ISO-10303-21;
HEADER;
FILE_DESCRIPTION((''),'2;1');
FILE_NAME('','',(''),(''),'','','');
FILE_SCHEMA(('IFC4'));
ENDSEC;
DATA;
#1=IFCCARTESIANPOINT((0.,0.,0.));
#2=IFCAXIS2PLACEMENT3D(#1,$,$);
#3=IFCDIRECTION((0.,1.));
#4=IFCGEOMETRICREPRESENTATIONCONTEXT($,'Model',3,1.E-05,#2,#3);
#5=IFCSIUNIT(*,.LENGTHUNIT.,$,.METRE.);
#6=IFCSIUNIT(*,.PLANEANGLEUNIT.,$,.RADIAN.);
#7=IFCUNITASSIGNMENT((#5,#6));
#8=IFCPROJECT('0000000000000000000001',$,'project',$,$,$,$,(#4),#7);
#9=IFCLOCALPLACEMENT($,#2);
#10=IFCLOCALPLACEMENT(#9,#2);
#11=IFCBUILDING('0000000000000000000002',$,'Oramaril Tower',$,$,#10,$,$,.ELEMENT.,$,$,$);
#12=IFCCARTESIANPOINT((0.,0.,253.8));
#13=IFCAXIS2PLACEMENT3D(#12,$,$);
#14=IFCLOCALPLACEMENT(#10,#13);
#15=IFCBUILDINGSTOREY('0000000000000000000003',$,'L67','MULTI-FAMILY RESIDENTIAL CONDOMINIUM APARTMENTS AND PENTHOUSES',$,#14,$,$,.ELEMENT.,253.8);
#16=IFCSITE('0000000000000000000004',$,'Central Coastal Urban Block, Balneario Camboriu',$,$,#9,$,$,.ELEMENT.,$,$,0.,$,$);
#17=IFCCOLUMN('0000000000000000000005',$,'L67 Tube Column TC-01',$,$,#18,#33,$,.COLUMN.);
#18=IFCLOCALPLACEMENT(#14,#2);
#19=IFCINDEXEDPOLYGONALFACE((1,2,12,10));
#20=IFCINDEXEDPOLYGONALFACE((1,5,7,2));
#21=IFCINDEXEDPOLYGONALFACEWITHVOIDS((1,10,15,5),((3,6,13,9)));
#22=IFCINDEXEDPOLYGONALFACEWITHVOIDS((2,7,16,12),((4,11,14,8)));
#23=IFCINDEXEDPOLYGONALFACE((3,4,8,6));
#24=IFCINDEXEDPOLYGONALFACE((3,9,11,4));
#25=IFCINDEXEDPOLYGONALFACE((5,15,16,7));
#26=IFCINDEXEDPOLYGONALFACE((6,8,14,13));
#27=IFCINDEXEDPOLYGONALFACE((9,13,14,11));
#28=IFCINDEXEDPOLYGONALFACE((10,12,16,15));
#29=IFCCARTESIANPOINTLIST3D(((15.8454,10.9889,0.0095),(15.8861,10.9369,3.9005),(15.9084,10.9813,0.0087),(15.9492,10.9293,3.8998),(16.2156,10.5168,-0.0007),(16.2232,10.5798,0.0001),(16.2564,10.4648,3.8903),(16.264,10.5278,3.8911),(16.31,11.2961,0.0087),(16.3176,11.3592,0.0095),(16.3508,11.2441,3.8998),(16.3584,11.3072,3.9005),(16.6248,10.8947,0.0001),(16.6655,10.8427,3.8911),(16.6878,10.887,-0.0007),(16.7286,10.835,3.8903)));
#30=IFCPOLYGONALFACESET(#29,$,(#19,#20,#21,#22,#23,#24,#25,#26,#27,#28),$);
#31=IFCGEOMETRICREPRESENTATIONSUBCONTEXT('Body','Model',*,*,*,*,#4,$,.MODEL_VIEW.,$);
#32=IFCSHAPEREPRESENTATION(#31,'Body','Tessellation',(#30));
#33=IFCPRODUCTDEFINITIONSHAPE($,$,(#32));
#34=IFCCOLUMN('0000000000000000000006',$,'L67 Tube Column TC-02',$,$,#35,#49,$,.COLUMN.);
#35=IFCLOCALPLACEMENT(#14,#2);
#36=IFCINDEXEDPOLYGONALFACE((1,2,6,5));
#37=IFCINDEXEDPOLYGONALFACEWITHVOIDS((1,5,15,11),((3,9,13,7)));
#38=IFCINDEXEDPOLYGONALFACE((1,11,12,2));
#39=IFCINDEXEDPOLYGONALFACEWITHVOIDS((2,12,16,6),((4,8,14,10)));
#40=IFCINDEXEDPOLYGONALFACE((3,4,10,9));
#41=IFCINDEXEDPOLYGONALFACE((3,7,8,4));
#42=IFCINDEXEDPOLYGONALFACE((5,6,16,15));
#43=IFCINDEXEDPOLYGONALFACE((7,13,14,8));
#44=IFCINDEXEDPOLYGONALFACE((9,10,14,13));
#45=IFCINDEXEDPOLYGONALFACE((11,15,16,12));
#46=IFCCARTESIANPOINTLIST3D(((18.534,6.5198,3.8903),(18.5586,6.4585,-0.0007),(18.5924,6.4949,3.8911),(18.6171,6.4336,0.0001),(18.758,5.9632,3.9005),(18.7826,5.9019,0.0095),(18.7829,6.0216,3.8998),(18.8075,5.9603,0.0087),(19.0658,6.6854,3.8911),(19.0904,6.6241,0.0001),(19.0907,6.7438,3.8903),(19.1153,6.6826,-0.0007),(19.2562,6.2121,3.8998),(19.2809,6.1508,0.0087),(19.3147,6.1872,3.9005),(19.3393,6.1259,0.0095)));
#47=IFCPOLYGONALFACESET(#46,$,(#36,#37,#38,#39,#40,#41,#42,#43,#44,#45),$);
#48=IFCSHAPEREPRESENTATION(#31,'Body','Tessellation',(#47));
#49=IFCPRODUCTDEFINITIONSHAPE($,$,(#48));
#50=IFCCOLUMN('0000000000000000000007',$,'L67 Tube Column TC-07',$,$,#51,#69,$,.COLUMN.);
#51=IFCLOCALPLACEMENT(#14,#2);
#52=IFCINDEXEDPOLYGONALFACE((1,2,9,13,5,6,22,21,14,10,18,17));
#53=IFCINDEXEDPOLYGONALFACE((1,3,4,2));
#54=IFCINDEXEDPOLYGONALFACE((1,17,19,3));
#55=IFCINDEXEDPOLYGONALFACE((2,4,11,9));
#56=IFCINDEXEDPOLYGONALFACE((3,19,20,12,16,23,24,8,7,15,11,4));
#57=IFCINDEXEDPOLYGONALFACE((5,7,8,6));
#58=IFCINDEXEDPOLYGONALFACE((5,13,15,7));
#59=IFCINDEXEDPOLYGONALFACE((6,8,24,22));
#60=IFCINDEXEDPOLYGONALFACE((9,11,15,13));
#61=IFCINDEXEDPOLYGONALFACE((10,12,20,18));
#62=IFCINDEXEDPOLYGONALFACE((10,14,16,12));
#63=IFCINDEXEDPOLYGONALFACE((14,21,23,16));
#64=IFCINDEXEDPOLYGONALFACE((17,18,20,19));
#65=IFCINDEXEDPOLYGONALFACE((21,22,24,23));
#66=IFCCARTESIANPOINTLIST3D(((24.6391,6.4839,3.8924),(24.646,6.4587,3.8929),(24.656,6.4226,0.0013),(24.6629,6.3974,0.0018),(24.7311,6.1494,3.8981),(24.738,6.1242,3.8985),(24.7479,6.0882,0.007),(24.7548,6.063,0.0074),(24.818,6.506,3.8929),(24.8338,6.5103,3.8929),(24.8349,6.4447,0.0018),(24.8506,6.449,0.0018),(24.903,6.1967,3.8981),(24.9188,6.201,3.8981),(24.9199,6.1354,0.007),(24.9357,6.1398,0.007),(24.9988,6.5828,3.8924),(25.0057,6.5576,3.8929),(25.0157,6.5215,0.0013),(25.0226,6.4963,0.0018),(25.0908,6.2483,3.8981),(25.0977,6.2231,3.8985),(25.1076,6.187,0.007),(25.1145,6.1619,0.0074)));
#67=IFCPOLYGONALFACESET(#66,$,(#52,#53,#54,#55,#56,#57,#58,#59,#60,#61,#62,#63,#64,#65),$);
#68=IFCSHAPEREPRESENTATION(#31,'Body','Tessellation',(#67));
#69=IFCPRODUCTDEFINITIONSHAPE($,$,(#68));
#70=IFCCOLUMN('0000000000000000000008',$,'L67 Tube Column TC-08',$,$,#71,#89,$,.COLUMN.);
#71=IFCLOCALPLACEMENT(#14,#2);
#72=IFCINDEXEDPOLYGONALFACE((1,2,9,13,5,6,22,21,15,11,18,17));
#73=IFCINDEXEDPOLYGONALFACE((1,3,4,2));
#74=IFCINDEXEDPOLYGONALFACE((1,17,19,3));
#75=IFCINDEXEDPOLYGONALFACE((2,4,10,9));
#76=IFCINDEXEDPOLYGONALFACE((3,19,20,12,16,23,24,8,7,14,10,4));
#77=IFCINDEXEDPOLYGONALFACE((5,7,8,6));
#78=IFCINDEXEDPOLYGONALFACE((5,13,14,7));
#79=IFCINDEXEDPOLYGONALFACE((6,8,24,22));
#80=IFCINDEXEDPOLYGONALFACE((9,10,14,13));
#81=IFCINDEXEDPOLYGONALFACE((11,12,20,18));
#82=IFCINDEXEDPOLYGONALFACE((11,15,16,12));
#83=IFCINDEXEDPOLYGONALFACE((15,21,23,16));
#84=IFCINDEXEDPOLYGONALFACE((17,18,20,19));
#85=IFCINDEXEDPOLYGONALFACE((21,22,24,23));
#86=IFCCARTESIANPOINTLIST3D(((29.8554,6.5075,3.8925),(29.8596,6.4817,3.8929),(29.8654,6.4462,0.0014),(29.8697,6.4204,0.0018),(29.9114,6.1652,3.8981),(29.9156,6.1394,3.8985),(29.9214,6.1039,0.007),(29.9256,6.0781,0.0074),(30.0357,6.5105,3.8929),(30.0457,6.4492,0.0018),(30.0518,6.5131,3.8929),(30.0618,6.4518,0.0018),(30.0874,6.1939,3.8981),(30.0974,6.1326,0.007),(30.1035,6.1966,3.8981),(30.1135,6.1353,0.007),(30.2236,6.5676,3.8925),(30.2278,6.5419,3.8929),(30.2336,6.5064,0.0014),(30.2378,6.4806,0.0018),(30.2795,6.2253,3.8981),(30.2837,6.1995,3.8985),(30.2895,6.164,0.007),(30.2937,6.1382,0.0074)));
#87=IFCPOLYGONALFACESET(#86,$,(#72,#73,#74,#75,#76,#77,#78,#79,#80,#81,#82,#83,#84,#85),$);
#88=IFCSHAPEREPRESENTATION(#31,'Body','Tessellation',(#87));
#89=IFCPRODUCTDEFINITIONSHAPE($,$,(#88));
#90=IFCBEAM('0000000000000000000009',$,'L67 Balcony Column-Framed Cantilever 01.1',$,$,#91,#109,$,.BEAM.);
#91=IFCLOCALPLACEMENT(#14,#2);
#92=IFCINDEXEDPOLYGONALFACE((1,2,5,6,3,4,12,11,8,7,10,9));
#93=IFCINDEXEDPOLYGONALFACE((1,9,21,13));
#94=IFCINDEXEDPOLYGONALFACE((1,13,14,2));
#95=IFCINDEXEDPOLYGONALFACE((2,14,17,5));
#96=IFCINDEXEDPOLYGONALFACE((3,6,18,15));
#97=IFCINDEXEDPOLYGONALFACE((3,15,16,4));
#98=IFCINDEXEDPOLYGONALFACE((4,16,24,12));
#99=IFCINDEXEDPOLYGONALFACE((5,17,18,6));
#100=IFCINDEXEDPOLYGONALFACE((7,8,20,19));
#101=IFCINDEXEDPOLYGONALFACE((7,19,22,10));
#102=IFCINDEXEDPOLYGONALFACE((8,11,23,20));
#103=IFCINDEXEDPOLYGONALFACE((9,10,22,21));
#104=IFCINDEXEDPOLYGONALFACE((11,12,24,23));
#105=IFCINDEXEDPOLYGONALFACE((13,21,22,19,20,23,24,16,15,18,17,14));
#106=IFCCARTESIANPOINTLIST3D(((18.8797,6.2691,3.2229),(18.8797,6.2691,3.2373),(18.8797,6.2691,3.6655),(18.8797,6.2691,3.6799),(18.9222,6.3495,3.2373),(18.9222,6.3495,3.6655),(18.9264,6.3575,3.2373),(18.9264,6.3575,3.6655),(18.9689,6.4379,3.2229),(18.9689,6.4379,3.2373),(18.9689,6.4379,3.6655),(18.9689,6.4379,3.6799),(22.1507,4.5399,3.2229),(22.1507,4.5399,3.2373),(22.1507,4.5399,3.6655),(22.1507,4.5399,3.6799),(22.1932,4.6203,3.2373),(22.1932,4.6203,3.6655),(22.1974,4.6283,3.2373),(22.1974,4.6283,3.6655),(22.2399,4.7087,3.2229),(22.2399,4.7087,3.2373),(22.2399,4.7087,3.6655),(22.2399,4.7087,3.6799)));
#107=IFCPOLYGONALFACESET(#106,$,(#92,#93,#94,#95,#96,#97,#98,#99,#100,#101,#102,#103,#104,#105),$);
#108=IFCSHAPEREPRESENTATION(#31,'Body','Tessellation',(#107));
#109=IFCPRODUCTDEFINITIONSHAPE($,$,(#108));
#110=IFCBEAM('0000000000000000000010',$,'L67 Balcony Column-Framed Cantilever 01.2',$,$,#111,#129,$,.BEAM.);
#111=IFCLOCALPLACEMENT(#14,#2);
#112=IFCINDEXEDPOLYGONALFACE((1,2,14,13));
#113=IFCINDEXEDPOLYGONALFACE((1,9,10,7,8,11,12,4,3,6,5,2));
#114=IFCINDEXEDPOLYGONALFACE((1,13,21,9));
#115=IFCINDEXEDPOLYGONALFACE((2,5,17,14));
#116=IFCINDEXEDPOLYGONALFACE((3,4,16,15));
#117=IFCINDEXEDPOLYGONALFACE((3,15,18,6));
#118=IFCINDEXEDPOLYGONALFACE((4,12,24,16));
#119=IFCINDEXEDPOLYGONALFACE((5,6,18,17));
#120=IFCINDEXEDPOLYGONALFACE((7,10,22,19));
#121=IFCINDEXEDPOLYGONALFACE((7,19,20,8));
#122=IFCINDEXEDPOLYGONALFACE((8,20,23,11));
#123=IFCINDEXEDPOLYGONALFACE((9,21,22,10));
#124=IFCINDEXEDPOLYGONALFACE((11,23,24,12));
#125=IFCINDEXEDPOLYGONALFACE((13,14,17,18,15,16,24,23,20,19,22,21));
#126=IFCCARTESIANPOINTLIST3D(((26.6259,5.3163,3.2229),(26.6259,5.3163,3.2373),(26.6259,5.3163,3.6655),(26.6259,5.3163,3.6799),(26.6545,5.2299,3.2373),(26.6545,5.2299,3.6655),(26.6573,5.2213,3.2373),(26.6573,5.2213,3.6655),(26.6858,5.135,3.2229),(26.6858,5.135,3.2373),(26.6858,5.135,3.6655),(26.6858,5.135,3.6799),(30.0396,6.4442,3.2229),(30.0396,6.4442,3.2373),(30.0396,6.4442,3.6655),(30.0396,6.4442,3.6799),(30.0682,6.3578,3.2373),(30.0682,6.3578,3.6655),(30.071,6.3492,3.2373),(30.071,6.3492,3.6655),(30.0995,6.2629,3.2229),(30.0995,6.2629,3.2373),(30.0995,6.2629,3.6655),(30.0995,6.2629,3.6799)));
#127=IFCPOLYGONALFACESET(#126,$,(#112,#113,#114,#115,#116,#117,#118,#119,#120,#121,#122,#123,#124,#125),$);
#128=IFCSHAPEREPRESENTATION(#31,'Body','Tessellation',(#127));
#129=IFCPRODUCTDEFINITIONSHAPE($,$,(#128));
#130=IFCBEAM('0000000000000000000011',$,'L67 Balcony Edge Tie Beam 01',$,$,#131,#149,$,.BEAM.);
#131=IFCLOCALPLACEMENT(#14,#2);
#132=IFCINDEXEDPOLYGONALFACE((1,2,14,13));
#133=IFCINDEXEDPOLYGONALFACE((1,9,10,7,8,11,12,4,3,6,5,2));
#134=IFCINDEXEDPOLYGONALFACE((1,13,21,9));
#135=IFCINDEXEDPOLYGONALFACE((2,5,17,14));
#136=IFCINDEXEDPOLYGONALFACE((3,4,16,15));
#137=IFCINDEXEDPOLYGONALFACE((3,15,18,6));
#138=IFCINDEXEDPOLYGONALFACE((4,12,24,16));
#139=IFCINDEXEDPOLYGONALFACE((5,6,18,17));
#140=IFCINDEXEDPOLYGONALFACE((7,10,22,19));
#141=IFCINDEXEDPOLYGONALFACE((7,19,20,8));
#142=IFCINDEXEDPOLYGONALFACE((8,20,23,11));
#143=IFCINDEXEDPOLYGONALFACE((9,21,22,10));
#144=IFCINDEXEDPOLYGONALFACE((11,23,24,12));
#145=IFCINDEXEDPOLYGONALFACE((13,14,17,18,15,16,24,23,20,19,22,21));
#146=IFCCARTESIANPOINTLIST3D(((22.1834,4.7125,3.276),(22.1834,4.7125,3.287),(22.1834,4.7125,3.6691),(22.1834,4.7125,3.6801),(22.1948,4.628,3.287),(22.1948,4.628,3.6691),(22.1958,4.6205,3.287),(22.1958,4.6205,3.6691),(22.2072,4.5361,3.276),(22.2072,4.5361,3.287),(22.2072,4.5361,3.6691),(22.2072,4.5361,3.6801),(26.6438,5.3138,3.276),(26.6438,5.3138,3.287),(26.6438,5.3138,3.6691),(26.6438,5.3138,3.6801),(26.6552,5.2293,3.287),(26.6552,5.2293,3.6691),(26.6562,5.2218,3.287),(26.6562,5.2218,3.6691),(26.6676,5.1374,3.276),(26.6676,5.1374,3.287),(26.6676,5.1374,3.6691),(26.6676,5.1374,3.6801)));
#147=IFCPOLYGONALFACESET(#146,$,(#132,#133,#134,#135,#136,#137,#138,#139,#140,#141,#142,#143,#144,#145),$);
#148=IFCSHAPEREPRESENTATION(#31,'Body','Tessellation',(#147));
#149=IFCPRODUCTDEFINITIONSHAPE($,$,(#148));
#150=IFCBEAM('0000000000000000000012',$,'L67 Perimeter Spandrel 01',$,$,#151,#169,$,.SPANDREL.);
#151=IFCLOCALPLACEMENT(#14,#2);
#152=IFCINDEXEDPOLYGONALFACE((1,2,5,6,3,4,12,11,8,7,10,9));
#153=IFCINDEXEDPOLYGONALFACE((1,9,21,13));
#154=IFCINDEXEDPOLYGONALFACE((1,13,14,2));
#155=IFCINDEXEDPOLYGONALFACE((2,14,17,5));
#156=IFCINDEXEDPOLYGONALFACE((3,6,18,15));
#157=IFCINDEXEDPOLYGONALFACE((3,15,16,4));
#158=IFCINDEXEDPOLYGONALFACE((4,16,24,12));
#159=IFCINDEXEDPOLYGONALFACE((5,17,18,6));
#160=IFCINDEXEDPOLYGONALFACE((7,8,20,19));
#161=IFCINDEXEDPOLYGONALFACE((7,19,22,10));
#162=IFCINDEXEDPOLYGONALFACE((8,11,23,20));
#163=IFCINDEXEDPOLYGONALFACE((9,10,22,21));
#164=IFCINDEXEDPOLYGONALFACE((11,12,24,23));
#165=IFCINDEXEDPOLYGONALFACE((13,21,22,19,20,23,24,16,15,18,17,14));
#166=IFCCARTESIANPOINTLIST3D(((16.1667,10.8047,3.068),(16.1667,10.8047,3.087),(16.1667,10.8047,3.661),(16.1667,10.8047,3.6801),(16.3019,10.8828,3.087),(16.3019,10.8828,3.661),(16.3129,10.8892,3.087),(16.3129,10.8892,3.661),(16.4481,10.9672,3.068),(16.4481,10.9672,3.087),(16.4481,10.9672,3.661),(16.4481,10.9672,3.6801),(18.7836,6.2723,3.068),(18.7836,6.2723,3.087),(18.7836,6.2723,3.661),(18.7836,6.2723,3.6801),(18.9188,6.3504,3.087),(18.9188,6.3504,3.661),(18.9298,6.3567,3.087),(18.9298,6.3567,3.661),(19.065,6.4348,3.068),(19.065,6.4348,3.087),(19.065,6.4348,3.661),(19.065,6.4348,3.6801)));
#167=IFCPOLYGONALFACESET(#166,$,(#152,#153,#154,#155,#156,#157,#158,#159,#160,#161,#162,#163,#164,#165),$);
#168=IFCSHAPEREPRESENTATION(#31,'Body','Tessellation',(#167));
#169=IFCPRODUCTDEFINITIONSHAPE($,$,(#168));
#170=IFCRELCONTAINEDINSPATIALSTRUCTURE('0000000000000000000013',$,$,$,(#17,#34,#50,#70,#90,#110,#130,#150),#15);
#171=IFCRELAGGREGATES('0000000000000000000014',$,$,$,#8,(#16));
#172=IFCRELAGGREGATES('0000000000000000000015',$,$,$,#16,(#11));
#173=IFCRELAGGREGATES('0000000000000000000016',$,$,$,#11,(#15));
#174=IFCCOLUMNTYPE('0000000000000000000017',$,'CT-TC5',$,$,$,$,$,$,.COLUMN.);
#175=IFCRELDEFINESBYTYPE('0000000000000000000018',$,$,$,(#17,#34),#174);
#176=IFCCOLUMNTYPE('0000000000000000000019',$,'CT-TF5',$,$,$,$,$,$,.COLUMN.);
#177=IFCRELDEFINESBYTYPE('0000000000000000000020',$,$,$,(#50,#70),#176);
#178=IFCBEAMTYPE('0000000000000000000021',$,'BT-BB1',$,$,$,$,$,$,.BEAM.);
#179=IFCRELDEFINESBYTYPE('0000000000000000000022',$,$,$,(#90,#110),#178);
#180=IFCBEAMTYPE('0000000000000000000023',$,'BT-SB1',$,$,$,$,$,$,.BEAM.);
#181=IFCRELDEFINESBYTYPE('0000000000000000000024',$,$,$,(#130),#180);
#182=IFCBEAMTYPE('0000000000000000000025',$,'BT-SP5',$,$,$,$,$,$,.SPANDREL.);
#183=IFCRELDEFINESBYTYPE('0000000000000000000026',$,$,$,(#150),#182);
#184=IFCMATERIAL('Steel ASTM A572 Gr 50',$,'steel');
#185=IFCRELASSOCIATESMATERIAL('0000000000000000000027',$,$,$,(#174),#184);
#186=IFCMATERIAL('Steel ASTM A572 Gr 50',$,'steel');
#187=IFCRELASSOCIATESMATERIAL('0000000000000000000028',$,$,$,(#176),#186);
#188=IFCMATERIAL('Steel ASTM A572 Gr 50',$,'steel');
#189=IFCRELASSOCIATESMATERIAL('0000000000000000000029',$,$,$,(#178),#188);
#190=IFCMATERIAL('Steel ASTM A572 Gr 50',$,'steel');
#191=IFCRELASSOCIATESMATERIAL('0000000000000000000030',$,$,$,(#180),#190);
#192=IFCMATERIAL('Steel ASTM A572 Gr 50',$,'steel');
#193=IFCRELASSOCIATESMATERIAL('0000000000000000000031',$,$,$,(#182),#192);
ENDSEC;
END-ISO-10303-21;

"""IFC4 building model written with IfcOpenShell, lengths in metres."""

from ifc_helpers import new_model, si_unit, direction, frame, origin, origin_2d, place, context, subcontext, project, spatial, hollow_rectangle, i_section, extrude, material, material_profile, profile_set, type_object, element, save


model = new_model("IFC4")

# Units and contexts
model_context = context("Model", 3, precision=1e-05, world=origin(), true_north=direction((0.0, 1.0)))
body_context = subcontext(model_context, "Body", "Model", "MODEL_VIEW")
ifc_project = project(units=[si_unit("LENGTHUNIT", "METRE"), si_unit("PLANEANGLEUNIT", "RADIAN")], contexts=[model_context])

# Site, building, storey
site_placement = place(None, origin())
site = spatial("IfcSite", under=ifc_project, at=site_placement, Name="Central Coastal Urban Block, Balneario Camboriu", CompositionType="ELEMENT", RefElevation=0.0)
building_placement = place(site_placement, origin())
building = spatial("IfcBuilding", under=site, at=building_placement, Name="Oramaril Tower", CompositionType="ELEMENT")
storey_placement = place(building_placement, frame((0.0, 0.0, 253.8)))
storey = spatial("IfcBuildingStorey", under=building, at=storey_placement, Name="L67", Description="MULTI-FAMILY RESIDENTIAL CONDOMINIUM APARTMENTS AND PENTHOUSES", CompositionType="ELEMENT", Elevation=253.8)

# Columns
ifc_material_1 = material(Name="Steel ASTM A572 Gr 50", Category="steel")
ifc_material_profile_1 = material_profile(ifc_material_1, hollow_rectangle(XDim=0.6001, YDim=0.6001, WallThickness=0.0449, at=origin_2d()), Name="BOX600X600X45")
ifc_profile_set_1 = profile_set([ifc_material_profile_1], Name="Steel ASTM A572 Gr 50")
column_type_1 = type_object("IfcColumnType", Name="CT-TC5", PredefinedType="COLUMN", material=ifc_profile_set_1)
for number, where, z_axis, x_axis, name in (
    (1, (16.2666, 10.938, 0.0044), (0.010477, -0.013362, 0.999856), (0.786959, 0.617005, 0.0), "L67 Tube Column TC-01"),
    (2, (18.949, 6.2922, 0.0044), (-0.006336, 0.015746, 0.999856), (-0.92771, -0.373302, 0.0), "L67 Tube Column TC-02"),
):
    element("IfcColumn", number, at=place(storey_placement, frame(where, z_axis=z_axis, x_axis=x_axis)), inside=storey, type_object=column_type_1, Name=name, PredefinedType="COLUMN", context=body_context, shape_type="SweptSolid", body=[
        extrude(hollow_rectangle(XDim=0.6001, YDim=0.6001, WallThickness=0.0449, at=origin_2d()), origin(), (0.0, 0.0, 1.0), 3.8916),
    ])
ifc_material_2 = material(Name="Steel ASTM A572 Gr 50", Category="steel")
ifc_material_profile_2 = material_profile(ifc_material_2, i_section(OverallWidth=0.373, OverallDepth=0.373, WebThickness=0.0164, FlangeThickness=0.0261, at=origin_2d()), Name="W14X132")
ifc_profile_set_2 = profile_set([ifc_material_profile_2], Name="Steel ASTM A572 Gr 50")
column_type_2 = type_object("IfcColumnType", Name="CT-TF5", PredefinedType="COLUMN", material=ifc_profile_set_2)
for number, where, z_axis, x_axis, name in (
    (3, (24.8853, 6.2922, 0.0044), (-0.004329, 0.015746, 0.999867), (-0.96423, -0.265067, 0.0), "L67 Tube Column TC-07"),
    (4, (30.0796, 6.2922, 0.0044), (-0.002572, 0.015747, 0.999873), (-0.98692, -0.16121, 0.0), "L67 Tube Column TC-08"),
):
    element("IfcColumn", number, at=place(storey_placement, frame(where, z_axis=z_axis, x_axis=x_axis)), inside=storey, type_object=column_type_2, Name=name, PredefinedType="COLUMN", context=body_context, shape_type="SweptSolid", body=[
        extrude(i_section(OverallWidth=0.373, OverallDepth=0.373, WebThickness=0.0164, FlangeThickness=0.0261, at=origin_2d()), origin(), (0.0, 0.0, 1.0), 3.8916),
    ])

# Beams
ifc_material_3 = material(Name="Steel ASTM A572 Gr 50", Category="steel")
ifc_material_profile_3 = material_profile(ifc_material_3, i_section(OverallWidth=0.1909, OverallDepth=0.457, WebThickness=0.009, FlangeThickness=0.0144, at=origin_2d()), Name="W18X50")
ifc_profile_set_3 = profile_set([ifc_material_profile_3], Name="Steel ASTM A572 Gr 50")
beam_type_1 = type_object("IfcBeamType", Name="BT-BB1", PredefinedType="BEAM", material=ifc_profile_set_3)
beam_1_placement = place(storey_placement, frame((18.9243, 6.3535, 3.4514), z_axis=(0.884062, -0.467369, 0.0), x_axis=(0.467369, 0.884062, 0.0)))
element("IfcBeam", 5, at=beam_1_placement, inside=storey, type_object=beam_type_1, Name="L67 Balcony Column-Framed Cantilever 01.1", PredefinedType="BEAM", context=body_context, shape_type="SweptSolid", body=[
    extrude(i_section(OverallWidth=0.1909, OverallDepth=0.457, WebThickness=0.009, FlangeThickness=0.0144, at=origin_2d()), origin(), (0.0, 0.0, 1.0), 3.7),
])
beam_2_placement = place(storey_placement, frame((30.0696, 6.3535, 3.4514), z_axis=(-0.949515, -0.313721, 0.0), x_axis=(0.313721, -0.949515, 0.0)))
element("IfcBeam", 6, at=beam_2_placement, inside=storey, type_object=beam_type_1, Name="L67 Balcony Column-Framed Cantilever 01.2", PredefinedType="BEAM", context=body_context, shape_type="SweptSolid", body=[
    extrude(i_section(OverallWidth=0.1909, OverallDepth=0.457, WebThickness=0.009, FlangeThickness=0.0144, at=origin_2d()), origin(), (0.0, 0.0, 1.0), 3.5952),
])
ifc_material_4 = material(Name="Steel ASTM A572 Gr 50", Category="steel")
ifc_material_profile_4 = material_profile(ifc_material_4, i_section(OverallWidth=0.178, OverallDepth=0.4041, WebThickness=0.0076, FlangeThickness=0.011, at=origin_2d()), Name="W16X36")
ifc_profile_set_4 = profile_set([ifc_material_profile_4], Name="Steel ASTM A572 Gr 50")
beam_type_2 = type_object("IfcBeamType", Name="BT-SB1", PredefinedType="BEAM", material=ifc_profile_set_4)
beam_3_placement = place(storey_placement, frame((22.1953, 4.6243, 3.478), z_axis=(0.991035, 0.133603, 0.0), x_axis=(-0.133603, 0.991035, 0.0)))
element("IfcBeam", 7, at=beam_3_placement, inside=storey, type_object=beam_type_2, Name="L67 Balcony Edge Tie Beam 01", PredefinedType="BEAM", context=body_context, shape_type="SweptSolid", body=[
    extrude(i_section(OverallWidth=0.178, OverallDepth=0.4041, WebThickness=0.0076, FlangeThickness=0.011, at=origin_2d()), origin(), (0.0, 0.0, 1.0), 4.5007),
])
ifc_material_5 = material(Name="Steel ASTM A572 Gr 50", Category="steel")
ifc_material_profile_5 = material_profile(ifc_material_5, i_section(OverallWidth=0.325, OverallDepth=0.6121, WebThickness=0.0127, FlangeThickness=0.019, at=origin_2d()), Name="W24X104")
ifc_profile_set_5 = profile_set([ifc_material_profile_5], Name="Steel ASTM A572 Gr 50")
beam_type_3 = type_object("IfcBeamType", Name="BT-SP5", PredefinedType="SPANDREL", material=ifc_profile_set_5)
beam_4_placement = place(storey_placement, frame((16.3074, 10.886, 3.374), z_axis=(0.500017, -0.866015, 0.0), x_axis=(0.866015, 0.500017, 0.0)))
element("IfcBeam", 8, at=beam_4_placement, inside=storey, type_object=beam_type_3, Name="L67 Perimeter Spandrel 01", PredefinedType="SPANDREL", context=body_context, shape_type="SweptSolid", body=[
    extrude(i_section(OverallWidth=0.325, OverallDepth=0.6121, WebThickness=0.0127, FlangeThickness=0.019, at=origin_2d()), origin(), (0.0, 0.0, 1.0), 5.2336),
])

save(model, "model.ifc")
